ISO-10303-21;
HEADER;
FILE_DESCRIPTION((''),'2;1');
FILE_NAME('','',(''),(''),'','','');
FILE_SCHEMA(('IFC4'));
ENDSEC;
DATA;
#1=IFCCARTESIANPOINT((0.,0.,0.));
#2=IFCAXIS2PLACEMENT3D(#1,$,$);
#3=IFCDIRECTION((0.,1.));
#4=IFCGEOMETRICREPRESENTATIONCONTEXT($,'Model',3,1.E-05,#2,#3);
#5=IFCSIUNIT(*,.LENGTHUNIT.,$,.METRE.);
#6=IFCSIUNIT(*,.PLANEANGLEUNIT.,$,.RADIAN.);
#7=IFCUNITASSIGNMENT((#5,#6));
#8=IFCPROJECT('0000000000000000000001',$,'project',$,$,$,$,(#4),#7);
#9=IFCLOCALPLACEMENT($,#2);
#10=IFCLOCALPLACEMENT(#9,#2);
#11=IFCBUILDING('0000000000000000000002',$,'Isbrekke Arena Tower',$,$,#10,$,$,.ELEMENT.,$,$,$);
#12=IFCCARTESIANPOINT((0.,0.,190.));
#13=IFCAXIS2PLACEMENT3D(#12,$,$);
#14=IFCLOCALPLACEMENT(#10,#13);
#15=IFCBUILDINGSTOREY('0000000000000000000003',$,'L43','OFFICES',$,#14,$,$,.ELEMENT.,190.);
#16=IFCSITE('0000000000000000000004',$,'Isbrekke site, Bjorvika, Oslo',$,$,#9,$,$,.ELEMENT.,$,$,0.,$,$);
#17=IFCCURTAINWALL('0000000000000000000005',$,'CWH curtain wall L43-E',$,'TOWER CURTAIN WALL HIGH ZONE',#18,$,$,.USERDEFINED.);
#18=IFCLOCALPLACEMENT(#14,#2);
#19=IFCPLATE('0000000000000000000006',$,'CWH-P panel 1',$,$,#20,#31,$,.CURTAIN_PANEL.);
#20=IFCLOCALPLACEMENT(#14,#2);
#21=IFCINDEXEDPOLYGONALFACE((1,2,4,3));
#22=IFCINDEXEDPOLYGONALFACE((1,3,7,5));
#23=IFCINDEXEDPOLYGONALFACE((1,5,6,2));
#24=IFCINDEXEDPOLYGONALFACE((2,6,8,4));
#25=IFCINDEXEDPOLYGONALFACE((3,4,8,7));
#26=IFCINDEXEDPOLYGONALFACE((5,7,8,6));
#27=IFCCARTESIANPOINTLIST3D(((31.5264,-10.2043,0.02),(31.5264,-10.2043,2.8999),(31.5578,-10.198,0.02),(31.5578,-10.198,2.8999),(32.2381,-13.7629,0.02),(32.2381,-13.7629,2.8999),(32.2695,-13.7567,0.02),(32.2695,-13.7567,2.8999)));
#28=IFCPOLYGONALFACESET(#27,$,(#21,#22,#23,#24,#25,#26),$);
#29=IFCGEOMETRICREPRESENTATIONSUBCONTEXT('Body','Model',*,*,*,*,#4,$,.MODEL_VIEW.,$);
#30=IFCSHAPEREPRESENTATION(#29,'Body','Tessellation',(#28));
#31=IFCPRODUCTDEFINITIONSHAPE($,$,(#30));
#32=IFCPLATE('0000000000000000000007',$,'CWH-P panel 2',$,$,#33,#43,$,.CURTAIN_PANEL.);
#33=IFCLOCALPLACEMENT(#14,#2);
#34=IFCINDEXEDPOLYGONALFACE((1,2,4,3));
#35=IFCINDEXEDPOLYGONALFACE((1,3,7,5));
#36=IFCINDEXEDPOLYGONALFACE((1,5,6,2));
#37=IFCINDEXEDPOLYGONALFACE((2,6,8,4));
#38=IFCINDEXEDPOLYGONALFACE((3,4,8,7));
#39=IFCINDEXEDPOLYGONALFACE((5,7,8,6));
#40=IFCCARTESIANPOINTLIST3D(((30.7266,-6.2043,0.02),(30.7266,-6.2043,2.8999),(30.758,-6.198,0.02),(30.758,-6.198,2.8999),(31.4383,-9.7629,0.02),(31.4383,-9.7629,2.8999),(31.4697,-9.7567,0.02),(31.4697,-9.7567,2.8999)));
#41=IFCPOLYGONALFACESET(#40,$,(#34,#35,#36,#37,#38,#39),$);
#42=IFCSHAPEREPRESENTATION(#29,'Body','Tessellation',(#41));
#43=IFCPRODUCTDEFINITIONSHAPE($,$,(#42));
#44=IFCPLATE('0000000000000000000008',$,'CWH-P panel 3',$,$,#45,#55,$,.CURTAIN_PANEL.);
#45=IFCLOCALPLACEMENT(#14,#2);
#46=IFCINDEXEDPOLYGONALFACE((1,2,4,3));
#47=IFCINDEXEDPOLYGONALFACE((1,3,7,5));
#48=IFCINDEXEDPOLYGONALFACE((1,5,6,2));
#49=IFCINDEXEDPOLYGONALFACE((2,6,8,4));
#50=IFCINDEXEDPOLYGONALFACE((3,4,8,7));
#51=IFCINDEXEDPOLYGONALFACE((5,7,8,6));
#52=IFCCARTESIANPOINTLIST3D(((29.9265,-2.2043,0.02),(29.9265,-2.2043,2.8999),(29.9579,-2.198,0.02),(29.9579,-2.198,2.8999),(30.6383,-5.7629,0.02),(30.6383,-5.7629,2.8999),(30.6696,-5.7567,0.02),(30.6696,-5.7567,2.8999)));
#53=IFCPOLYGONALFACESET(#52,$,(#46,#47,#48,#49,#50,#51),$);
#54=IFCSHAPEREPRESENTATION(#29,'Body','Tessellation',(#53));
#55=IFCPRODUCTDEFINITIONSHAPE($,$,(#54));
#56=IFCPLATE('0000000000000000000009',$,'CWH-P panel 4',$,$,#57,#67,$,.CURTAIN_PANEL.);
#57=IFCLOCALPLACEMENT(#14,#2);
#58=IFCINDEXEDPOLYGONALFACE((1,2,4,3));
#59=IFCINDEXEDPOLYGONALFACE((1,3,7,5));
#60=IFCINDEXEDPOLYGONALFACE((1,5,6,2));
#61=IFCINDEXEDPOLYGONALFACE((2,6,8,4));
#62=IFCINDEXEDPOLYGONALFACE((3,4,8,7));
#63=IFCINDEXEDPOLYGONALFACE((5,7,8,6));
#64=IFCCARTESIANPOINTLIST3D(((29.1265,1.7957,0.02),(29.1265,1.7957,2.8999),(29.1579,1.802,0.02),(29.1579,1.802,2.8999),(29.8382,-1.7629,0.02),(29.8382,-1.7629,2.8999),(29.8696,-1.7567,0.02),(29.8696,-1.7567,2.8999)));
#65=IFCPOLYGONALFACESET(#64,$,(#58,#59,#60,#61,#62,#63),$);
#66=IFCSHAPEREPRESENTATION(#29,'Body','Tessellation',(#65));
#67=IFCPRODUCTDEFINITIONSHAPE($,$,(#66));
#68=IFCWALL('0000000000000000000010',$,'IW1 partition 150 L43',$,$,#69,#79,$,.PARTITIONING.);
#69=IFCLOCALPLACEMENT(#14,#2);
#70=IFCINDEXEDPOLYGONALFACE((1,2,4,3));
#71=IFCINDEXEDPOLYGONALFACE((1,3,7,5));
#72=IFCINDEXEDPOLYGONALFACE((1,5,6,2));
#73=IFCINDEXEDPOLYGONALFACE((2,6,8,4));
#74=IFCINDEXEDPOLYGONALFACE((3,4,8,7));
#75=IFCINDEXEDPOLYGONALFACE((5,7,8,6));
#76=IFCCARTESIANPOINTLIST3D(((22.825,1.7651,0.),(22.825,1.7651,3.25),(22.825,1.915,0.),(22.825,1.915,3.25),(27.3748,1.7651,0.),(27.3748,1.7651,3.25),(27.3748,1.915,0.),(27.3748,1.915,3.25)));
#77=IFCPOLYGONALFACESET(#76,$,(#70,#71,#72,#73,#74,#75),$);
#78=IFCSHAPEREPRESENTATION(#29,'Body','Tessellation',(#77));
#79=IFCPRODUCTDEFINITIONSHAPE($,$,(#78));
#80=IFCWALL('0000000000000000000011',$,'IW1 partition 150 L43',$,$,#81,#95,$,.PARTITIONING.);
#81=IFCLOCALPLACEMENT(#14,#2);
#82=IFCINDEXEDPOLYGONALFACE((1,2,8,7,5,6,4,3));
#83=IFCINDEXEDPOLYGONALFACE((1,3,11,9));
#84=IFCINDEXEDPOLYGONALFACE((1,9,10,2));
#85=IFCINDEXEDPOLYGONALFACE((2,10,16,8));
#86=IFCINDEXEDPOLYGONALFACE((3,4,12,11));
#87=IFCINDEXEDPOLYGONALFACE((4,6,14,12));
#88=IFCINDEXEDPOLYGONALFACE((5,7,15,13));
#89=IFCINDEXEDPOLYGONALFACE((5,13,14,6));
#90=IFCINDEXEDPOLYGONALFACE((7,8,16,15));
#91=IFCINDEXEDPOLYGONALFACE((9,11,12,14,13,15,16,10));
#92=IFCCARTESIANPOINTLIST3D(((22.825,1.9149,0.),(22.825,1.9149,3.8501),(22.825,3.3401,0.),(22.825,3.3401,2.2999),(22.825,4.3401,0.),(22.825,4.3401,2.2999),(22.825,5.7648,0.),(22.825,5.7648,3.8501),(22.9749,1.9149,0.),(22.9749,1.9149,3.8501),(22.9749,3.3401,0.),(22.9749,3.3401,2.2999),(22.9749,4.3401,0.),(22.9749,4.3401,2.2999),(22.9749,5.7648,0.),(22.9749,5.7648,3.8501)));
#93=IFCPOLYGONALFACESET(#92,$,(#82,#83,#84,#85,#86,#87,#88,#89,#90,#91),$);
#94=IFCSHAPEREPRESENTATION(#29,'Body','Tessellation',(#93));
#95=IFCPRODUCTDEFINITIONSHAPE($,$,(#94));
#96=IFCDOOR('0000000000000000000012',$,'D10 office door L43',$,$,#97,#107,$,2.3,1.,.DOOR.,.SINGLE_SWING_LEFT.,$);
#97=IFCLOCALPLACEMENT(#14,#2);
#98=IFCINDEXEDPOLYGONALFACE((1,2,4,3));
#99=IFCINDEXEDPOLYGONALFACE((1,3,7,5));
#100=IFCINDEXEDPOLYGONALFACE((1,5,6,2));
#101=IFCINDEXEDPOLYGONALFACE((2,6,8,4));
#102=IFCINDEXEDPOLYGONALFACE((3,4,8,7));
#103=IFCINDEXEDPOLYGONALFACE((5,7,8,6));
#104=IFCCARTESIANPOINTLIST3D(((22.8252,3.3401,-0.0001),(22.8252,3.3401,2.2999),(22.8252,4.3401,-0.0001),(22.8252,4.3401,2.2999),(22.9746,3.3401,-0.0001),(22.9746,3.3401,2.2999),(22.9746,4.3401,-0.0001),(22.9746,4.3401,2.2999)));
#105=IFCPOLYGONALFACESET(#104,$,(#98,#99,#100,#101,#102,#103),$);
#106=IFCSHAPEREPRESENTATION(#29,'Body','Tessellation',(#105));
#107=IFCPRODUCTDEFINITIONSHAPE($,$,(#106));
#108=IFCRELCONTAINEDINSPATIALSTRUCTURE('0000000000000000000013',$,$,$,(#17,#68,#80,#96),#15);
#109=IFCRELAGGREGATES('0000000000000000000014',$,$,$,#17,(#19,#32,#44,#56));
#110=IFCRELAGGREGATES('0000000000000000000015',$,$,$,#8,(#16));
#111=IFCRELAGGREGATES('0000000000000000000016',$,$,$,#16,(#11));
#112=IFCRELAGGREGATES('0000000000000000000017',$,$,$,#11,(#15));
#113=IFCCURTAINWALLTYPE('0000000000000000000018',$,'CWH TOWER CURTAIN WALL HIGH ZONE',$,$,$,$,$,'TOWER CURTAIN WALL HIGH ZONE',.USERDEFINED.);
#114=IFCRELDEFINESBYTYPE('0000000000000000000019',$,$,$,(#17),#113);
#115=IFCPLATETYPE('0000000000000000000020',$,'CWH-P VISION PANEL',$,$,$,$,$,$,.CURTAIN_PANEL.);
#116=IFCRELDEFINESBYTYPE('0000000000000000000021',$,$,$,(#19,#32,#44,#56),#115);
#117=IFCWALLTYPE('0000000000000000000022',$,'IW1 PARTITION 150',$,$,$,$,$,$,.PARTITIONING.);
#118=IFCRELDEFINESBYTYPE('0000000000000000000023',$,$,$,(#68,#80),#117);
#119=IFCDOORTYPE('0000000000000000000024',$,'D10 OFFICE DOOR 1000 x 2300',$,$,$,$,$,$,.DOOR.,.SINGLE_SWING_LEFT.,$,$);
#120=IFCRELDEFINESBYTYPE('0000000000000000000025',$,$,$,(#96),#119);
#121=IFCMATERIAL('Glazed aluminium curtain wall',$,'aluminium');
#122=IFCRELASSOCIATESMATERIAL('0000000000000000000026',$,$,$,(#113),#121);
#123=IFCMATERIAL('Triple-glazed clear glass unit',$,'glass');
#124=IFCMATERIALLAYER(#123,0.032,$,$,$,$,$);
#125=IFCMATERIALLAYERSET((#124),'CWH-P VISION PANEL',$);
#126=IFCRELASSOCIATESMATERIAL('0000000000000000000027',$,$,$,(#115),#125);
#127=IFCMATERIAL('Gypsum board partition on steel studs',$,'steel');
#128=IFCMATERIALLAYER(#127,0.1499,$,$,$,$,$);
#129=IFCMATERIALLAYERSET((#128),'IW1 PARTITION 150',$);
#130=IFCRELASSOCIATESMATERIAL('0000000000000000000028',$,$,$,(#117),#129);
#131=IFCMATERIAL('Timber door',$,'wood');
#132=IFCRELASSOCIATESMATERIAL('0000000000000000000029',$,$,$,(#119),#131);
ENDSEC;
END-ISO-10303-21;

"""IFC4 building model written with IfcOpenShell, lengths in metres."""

from ifc_helpers import new_model, si_unit, direction, frame, frame_2d, origin, origin_2d, place, context, subcontext, project, spatial, rectangle, extrude, material, layer, layer_set, type_object, element, fill, aggregate, save


model = new_model("IFC4")

# Units and contexts
model_context = context("Model", 3, precision=1e-05, world=origin(), true_north=direction((0.0, 1.0)))
body_context = subcontext(model_context, "Body", "Model", "MODEL_VIEW")
ifc_project = project(units=[si_unit("LENGTHUNIT", "METRE"), si_unit("PLANEANGLEUNIT", "RADIAN")], contexts=[model_context])

# Site, building, storey
site_placement = place(None, origin())
site = spatial("IfcSite", under=ifc_project, at=site_placement, Name="Isbrekke site, Bjorvika, Oslo", CompositionType="ELEMENT", RefElevation=0.0)
building_placement = place(site_placement, origin())
building = spatial("IfcBuilding", under=site, at=building_placement, Name="Isbrekke Arena Tower", CompositionType="ELEMENT")
storey_placement = place(building_placement, frame((0.0, 0.0, 190.0)))
storey = spatial("IfcBuildingStorey", under=building, at=storey_placement, Name="L43", Description="OFFICES", CompositionType="ELEMENT", Elevation=190.0)

# Curtain wall
ifc_material_1 = material(Name="Glazed aluminium curtain wall", Category="aluminium")
curtain_wall_type = type_object("IfcCurtainWallType", Name="CWH TOWER CURTAIN WALL HIGH ZONE", ElementType="TOWER CURTAIN WALL HIGH ZONE", PredefinedType="USERDEFINED", material=ifc_material_1)
curtain_wall_placement = place(storey_placement, origin())
curtain_wall = element("IfcCurtainWall", 1, at=curtain_wall_placement, inside=storey, type_object=curtain_wall_type, Name="CWH curtain wall L43-E", ObjectType="TOWER CURTAIN WALL HIGH ZONE", PredefinedType="USERDEFINED")

# Plates
ifc_material_2 = material(Name="Triple-glazed clear glass unit", Category="glass")
ifc_layer_1 = layer(ifc_material_2, 0.032)
ifc_layer_set_1 = layer_set([ifc_layer_1], Name="CWH-P VISION PANEL")
plate_type = type_object("IfcPlateType", Name="CWH-P VISION PANEL", PredefinedType="CURTAIN_PANEL", material=ifc_layer_set_1)
plate_1_placement = place(storey_placement, frame((31.8979, -11.9805, 0.02), z_axis=(0.0, 0.0, 1.0), x_axis=(-0.196116, 0.980581, 0.0)))
plate_1 = element("IfcPlate", 2, at=plate_1_placement, type_object=plate_type, Name="CWH-P panel 1", PredefinedType="CURTAIN_PANEL", context=body_context, shape_type="SweptSolid", body=[
    extrude(rectangle(XDim=3.6292, YDim=0.032, at=origin_2d()), origin(), (0.0, 0.0, 1.0), 2.8799),
])
plate_2_placement = place(storey_placement, frame((31.0981, -7.9805, 0.02), z_axis=(0.0, 0.0, 1.0), x_axis=(-0.196116, 0.980581, 0.0)))
plate_2 = element("IfcPlate", 3, at=plate_2_placement, type_object=plate_type, Name="CWH-P panel 2", PredefinedType="CURTAIN_PANEL", context=body_context, shape_type="SweptSolid", body=[
    extrude(rectangle(XDim=3.6292, YDim=0.032, at=origin_2d()), origin(), (0.0, 0.0, 1.0), 2.8799),
])
plate_3_placement = place(storey_placement, frame((30.2981, -3.9805, 0.02), z_axis=(0.0, 0.0, 1.0), x_axis=(-0.196116, 0.980581, 0.0)))
plate_3 = element("IfcPlate", 4, at=plate_3_placement, type_object=plate_type, Name="CWH-P panel 3", PredefinedType="CURTAIN_PANEL", context=body_context, shape_type="SweptSolid", body=[
    extrude(rectangle(XDim=3.6292, YDim=0.032, at=origin_2d()), origin(), (0.0, 0.0, 1.0), 2.8799),
])
plate_4_placement = place(storey_placement, frame((29.498, 0.0195, 0.02), z_axis=(0.0, 0.0, 1.0), x_axis=(-0.196116, 0.980581, 0.0)))
plate_4 = element("IfcPlate", 5, at=plate_4_placement, type_object=plate_type, Name="CWH-P panel 4", PredefinedType="CURTAIN_PANEL", context=body_context, shape_type="SweptSolid", body=[
    extrude(rectangle(XDim=3.6292, YDim=0.032, at=origin_2d()), origin(), (0.0, 0.0, 1.0), 2.8799),
])
aggregate(curtain_wall, [plate_1, plate_2, plate_3, plate_4])

# Wall
ifc_material_3 = material(Name="Gypsum board partition on steel studs", Category="steel")
ifc_layer_2 = layer(ifc_material_3, 0.1499)
ifc_layer_set_2 = layer_set([ifc_layer_2], Name="IW1 PARTITION 150")
wall_type = type_object("IfcWallType", Name="IW1 PARTITION 150", PredefinedType="PARTITIONING", material=ifc_layer_set_2)
wall_1_placement = place(storey_placement, frame((22.825, 1.8401, 0.0), z_axis=(0.0, 0.0, 1.0), x_axis=(1.0, 0.0, 0.0)))
element("IfcWall", 6, at=wall_1_placement, inside=storey, type_object=wall_type, Name="IW1 partition 150 L43", PredefinedType="PARTITIONING", context=body_context, shape_type="SweptSolid", body=[
    extrude(rectangle(XDim=4.5498, YDim=0.1499, at=frame_2d((2.2749, 0.0))), origin(), (0.0, 0.0, 1.0), 3.25),
])

# Wall, opening, door
wall_2_placement = place(storey_placement, frame((22.8999, 1.915, 0.0), z_axis=(0.0, 0.0, 1.0), x_axis=(0.0, 1.0, 0.0)))
wall_2 = element("IfcWall", 7, at=wall_2_placement, inside=storey, type_object=wall_type, Name="IW1 partition 150 L43", PredefinedType="PARTITIONING", context=body_context, shape_type="SweptSolid", body=[
    extrude(rectangle(XDim=3.8499, YDim=0.1499, at=frame_2d((1.9248, 0.0))), origin(), (0.0, 0.0, 1.0), 3.8501),
])
opening_placement = place(wall_2_placement, frame((1.425, 0.0, 0.0)))
opening = element("IfcOpeningElement", 8, at=opening_placement, cuts=wall_2, PredefinedType="OPENING", context=body_context, shape_type="SweptSolid", body=[
    extrude(rectangle(XDim=1.0, YDim=2.3, at=frame_2d((0.5, 1.1499))), frame((0.0, 0.0898, 0.0), z_axis=(0.0, -1.0, 0.0), x_axis=(1.0, 0.0, 0.0)), (0.0, 0.0, 1.0), 0.1797),
])
ifc_material_4 = material(Name="Timber door", Category="wood")
door_type = type_object("IfcDoorType", Name="D10 OFFICE DOOR 1000 x 2300", OperationType="SINGLE_SWING_LEFT", PredefinedType="DOOR", material=ifc_material_4)
door_placement = place(opening_placement, origin())
door = element("IfcDoor", 9, at=door_placement, inside=storey, type_object=door_type, Name="D10 office door L43", OperationType="SINGLE_SWING_LEFT", OverallHeight=2.3, OverallWidth=1.0, PredefinedType="DOOR", context=body_context, shape_type="SweptSolid", body=[
    extrude(rectangle(XDim=1.0, YDim=2.3, at=frame_2d((0.5, 1.1499))), frame((0.0, 0.0747, 0.0), z_axis=(0.0, -1.0, 0.0), x_axis=(1.0, 0.0, 0.0)), (0.0, 0.0, 1.0), 0.1494),
])
fill(opening, door)

save(model, "model.ifc")
